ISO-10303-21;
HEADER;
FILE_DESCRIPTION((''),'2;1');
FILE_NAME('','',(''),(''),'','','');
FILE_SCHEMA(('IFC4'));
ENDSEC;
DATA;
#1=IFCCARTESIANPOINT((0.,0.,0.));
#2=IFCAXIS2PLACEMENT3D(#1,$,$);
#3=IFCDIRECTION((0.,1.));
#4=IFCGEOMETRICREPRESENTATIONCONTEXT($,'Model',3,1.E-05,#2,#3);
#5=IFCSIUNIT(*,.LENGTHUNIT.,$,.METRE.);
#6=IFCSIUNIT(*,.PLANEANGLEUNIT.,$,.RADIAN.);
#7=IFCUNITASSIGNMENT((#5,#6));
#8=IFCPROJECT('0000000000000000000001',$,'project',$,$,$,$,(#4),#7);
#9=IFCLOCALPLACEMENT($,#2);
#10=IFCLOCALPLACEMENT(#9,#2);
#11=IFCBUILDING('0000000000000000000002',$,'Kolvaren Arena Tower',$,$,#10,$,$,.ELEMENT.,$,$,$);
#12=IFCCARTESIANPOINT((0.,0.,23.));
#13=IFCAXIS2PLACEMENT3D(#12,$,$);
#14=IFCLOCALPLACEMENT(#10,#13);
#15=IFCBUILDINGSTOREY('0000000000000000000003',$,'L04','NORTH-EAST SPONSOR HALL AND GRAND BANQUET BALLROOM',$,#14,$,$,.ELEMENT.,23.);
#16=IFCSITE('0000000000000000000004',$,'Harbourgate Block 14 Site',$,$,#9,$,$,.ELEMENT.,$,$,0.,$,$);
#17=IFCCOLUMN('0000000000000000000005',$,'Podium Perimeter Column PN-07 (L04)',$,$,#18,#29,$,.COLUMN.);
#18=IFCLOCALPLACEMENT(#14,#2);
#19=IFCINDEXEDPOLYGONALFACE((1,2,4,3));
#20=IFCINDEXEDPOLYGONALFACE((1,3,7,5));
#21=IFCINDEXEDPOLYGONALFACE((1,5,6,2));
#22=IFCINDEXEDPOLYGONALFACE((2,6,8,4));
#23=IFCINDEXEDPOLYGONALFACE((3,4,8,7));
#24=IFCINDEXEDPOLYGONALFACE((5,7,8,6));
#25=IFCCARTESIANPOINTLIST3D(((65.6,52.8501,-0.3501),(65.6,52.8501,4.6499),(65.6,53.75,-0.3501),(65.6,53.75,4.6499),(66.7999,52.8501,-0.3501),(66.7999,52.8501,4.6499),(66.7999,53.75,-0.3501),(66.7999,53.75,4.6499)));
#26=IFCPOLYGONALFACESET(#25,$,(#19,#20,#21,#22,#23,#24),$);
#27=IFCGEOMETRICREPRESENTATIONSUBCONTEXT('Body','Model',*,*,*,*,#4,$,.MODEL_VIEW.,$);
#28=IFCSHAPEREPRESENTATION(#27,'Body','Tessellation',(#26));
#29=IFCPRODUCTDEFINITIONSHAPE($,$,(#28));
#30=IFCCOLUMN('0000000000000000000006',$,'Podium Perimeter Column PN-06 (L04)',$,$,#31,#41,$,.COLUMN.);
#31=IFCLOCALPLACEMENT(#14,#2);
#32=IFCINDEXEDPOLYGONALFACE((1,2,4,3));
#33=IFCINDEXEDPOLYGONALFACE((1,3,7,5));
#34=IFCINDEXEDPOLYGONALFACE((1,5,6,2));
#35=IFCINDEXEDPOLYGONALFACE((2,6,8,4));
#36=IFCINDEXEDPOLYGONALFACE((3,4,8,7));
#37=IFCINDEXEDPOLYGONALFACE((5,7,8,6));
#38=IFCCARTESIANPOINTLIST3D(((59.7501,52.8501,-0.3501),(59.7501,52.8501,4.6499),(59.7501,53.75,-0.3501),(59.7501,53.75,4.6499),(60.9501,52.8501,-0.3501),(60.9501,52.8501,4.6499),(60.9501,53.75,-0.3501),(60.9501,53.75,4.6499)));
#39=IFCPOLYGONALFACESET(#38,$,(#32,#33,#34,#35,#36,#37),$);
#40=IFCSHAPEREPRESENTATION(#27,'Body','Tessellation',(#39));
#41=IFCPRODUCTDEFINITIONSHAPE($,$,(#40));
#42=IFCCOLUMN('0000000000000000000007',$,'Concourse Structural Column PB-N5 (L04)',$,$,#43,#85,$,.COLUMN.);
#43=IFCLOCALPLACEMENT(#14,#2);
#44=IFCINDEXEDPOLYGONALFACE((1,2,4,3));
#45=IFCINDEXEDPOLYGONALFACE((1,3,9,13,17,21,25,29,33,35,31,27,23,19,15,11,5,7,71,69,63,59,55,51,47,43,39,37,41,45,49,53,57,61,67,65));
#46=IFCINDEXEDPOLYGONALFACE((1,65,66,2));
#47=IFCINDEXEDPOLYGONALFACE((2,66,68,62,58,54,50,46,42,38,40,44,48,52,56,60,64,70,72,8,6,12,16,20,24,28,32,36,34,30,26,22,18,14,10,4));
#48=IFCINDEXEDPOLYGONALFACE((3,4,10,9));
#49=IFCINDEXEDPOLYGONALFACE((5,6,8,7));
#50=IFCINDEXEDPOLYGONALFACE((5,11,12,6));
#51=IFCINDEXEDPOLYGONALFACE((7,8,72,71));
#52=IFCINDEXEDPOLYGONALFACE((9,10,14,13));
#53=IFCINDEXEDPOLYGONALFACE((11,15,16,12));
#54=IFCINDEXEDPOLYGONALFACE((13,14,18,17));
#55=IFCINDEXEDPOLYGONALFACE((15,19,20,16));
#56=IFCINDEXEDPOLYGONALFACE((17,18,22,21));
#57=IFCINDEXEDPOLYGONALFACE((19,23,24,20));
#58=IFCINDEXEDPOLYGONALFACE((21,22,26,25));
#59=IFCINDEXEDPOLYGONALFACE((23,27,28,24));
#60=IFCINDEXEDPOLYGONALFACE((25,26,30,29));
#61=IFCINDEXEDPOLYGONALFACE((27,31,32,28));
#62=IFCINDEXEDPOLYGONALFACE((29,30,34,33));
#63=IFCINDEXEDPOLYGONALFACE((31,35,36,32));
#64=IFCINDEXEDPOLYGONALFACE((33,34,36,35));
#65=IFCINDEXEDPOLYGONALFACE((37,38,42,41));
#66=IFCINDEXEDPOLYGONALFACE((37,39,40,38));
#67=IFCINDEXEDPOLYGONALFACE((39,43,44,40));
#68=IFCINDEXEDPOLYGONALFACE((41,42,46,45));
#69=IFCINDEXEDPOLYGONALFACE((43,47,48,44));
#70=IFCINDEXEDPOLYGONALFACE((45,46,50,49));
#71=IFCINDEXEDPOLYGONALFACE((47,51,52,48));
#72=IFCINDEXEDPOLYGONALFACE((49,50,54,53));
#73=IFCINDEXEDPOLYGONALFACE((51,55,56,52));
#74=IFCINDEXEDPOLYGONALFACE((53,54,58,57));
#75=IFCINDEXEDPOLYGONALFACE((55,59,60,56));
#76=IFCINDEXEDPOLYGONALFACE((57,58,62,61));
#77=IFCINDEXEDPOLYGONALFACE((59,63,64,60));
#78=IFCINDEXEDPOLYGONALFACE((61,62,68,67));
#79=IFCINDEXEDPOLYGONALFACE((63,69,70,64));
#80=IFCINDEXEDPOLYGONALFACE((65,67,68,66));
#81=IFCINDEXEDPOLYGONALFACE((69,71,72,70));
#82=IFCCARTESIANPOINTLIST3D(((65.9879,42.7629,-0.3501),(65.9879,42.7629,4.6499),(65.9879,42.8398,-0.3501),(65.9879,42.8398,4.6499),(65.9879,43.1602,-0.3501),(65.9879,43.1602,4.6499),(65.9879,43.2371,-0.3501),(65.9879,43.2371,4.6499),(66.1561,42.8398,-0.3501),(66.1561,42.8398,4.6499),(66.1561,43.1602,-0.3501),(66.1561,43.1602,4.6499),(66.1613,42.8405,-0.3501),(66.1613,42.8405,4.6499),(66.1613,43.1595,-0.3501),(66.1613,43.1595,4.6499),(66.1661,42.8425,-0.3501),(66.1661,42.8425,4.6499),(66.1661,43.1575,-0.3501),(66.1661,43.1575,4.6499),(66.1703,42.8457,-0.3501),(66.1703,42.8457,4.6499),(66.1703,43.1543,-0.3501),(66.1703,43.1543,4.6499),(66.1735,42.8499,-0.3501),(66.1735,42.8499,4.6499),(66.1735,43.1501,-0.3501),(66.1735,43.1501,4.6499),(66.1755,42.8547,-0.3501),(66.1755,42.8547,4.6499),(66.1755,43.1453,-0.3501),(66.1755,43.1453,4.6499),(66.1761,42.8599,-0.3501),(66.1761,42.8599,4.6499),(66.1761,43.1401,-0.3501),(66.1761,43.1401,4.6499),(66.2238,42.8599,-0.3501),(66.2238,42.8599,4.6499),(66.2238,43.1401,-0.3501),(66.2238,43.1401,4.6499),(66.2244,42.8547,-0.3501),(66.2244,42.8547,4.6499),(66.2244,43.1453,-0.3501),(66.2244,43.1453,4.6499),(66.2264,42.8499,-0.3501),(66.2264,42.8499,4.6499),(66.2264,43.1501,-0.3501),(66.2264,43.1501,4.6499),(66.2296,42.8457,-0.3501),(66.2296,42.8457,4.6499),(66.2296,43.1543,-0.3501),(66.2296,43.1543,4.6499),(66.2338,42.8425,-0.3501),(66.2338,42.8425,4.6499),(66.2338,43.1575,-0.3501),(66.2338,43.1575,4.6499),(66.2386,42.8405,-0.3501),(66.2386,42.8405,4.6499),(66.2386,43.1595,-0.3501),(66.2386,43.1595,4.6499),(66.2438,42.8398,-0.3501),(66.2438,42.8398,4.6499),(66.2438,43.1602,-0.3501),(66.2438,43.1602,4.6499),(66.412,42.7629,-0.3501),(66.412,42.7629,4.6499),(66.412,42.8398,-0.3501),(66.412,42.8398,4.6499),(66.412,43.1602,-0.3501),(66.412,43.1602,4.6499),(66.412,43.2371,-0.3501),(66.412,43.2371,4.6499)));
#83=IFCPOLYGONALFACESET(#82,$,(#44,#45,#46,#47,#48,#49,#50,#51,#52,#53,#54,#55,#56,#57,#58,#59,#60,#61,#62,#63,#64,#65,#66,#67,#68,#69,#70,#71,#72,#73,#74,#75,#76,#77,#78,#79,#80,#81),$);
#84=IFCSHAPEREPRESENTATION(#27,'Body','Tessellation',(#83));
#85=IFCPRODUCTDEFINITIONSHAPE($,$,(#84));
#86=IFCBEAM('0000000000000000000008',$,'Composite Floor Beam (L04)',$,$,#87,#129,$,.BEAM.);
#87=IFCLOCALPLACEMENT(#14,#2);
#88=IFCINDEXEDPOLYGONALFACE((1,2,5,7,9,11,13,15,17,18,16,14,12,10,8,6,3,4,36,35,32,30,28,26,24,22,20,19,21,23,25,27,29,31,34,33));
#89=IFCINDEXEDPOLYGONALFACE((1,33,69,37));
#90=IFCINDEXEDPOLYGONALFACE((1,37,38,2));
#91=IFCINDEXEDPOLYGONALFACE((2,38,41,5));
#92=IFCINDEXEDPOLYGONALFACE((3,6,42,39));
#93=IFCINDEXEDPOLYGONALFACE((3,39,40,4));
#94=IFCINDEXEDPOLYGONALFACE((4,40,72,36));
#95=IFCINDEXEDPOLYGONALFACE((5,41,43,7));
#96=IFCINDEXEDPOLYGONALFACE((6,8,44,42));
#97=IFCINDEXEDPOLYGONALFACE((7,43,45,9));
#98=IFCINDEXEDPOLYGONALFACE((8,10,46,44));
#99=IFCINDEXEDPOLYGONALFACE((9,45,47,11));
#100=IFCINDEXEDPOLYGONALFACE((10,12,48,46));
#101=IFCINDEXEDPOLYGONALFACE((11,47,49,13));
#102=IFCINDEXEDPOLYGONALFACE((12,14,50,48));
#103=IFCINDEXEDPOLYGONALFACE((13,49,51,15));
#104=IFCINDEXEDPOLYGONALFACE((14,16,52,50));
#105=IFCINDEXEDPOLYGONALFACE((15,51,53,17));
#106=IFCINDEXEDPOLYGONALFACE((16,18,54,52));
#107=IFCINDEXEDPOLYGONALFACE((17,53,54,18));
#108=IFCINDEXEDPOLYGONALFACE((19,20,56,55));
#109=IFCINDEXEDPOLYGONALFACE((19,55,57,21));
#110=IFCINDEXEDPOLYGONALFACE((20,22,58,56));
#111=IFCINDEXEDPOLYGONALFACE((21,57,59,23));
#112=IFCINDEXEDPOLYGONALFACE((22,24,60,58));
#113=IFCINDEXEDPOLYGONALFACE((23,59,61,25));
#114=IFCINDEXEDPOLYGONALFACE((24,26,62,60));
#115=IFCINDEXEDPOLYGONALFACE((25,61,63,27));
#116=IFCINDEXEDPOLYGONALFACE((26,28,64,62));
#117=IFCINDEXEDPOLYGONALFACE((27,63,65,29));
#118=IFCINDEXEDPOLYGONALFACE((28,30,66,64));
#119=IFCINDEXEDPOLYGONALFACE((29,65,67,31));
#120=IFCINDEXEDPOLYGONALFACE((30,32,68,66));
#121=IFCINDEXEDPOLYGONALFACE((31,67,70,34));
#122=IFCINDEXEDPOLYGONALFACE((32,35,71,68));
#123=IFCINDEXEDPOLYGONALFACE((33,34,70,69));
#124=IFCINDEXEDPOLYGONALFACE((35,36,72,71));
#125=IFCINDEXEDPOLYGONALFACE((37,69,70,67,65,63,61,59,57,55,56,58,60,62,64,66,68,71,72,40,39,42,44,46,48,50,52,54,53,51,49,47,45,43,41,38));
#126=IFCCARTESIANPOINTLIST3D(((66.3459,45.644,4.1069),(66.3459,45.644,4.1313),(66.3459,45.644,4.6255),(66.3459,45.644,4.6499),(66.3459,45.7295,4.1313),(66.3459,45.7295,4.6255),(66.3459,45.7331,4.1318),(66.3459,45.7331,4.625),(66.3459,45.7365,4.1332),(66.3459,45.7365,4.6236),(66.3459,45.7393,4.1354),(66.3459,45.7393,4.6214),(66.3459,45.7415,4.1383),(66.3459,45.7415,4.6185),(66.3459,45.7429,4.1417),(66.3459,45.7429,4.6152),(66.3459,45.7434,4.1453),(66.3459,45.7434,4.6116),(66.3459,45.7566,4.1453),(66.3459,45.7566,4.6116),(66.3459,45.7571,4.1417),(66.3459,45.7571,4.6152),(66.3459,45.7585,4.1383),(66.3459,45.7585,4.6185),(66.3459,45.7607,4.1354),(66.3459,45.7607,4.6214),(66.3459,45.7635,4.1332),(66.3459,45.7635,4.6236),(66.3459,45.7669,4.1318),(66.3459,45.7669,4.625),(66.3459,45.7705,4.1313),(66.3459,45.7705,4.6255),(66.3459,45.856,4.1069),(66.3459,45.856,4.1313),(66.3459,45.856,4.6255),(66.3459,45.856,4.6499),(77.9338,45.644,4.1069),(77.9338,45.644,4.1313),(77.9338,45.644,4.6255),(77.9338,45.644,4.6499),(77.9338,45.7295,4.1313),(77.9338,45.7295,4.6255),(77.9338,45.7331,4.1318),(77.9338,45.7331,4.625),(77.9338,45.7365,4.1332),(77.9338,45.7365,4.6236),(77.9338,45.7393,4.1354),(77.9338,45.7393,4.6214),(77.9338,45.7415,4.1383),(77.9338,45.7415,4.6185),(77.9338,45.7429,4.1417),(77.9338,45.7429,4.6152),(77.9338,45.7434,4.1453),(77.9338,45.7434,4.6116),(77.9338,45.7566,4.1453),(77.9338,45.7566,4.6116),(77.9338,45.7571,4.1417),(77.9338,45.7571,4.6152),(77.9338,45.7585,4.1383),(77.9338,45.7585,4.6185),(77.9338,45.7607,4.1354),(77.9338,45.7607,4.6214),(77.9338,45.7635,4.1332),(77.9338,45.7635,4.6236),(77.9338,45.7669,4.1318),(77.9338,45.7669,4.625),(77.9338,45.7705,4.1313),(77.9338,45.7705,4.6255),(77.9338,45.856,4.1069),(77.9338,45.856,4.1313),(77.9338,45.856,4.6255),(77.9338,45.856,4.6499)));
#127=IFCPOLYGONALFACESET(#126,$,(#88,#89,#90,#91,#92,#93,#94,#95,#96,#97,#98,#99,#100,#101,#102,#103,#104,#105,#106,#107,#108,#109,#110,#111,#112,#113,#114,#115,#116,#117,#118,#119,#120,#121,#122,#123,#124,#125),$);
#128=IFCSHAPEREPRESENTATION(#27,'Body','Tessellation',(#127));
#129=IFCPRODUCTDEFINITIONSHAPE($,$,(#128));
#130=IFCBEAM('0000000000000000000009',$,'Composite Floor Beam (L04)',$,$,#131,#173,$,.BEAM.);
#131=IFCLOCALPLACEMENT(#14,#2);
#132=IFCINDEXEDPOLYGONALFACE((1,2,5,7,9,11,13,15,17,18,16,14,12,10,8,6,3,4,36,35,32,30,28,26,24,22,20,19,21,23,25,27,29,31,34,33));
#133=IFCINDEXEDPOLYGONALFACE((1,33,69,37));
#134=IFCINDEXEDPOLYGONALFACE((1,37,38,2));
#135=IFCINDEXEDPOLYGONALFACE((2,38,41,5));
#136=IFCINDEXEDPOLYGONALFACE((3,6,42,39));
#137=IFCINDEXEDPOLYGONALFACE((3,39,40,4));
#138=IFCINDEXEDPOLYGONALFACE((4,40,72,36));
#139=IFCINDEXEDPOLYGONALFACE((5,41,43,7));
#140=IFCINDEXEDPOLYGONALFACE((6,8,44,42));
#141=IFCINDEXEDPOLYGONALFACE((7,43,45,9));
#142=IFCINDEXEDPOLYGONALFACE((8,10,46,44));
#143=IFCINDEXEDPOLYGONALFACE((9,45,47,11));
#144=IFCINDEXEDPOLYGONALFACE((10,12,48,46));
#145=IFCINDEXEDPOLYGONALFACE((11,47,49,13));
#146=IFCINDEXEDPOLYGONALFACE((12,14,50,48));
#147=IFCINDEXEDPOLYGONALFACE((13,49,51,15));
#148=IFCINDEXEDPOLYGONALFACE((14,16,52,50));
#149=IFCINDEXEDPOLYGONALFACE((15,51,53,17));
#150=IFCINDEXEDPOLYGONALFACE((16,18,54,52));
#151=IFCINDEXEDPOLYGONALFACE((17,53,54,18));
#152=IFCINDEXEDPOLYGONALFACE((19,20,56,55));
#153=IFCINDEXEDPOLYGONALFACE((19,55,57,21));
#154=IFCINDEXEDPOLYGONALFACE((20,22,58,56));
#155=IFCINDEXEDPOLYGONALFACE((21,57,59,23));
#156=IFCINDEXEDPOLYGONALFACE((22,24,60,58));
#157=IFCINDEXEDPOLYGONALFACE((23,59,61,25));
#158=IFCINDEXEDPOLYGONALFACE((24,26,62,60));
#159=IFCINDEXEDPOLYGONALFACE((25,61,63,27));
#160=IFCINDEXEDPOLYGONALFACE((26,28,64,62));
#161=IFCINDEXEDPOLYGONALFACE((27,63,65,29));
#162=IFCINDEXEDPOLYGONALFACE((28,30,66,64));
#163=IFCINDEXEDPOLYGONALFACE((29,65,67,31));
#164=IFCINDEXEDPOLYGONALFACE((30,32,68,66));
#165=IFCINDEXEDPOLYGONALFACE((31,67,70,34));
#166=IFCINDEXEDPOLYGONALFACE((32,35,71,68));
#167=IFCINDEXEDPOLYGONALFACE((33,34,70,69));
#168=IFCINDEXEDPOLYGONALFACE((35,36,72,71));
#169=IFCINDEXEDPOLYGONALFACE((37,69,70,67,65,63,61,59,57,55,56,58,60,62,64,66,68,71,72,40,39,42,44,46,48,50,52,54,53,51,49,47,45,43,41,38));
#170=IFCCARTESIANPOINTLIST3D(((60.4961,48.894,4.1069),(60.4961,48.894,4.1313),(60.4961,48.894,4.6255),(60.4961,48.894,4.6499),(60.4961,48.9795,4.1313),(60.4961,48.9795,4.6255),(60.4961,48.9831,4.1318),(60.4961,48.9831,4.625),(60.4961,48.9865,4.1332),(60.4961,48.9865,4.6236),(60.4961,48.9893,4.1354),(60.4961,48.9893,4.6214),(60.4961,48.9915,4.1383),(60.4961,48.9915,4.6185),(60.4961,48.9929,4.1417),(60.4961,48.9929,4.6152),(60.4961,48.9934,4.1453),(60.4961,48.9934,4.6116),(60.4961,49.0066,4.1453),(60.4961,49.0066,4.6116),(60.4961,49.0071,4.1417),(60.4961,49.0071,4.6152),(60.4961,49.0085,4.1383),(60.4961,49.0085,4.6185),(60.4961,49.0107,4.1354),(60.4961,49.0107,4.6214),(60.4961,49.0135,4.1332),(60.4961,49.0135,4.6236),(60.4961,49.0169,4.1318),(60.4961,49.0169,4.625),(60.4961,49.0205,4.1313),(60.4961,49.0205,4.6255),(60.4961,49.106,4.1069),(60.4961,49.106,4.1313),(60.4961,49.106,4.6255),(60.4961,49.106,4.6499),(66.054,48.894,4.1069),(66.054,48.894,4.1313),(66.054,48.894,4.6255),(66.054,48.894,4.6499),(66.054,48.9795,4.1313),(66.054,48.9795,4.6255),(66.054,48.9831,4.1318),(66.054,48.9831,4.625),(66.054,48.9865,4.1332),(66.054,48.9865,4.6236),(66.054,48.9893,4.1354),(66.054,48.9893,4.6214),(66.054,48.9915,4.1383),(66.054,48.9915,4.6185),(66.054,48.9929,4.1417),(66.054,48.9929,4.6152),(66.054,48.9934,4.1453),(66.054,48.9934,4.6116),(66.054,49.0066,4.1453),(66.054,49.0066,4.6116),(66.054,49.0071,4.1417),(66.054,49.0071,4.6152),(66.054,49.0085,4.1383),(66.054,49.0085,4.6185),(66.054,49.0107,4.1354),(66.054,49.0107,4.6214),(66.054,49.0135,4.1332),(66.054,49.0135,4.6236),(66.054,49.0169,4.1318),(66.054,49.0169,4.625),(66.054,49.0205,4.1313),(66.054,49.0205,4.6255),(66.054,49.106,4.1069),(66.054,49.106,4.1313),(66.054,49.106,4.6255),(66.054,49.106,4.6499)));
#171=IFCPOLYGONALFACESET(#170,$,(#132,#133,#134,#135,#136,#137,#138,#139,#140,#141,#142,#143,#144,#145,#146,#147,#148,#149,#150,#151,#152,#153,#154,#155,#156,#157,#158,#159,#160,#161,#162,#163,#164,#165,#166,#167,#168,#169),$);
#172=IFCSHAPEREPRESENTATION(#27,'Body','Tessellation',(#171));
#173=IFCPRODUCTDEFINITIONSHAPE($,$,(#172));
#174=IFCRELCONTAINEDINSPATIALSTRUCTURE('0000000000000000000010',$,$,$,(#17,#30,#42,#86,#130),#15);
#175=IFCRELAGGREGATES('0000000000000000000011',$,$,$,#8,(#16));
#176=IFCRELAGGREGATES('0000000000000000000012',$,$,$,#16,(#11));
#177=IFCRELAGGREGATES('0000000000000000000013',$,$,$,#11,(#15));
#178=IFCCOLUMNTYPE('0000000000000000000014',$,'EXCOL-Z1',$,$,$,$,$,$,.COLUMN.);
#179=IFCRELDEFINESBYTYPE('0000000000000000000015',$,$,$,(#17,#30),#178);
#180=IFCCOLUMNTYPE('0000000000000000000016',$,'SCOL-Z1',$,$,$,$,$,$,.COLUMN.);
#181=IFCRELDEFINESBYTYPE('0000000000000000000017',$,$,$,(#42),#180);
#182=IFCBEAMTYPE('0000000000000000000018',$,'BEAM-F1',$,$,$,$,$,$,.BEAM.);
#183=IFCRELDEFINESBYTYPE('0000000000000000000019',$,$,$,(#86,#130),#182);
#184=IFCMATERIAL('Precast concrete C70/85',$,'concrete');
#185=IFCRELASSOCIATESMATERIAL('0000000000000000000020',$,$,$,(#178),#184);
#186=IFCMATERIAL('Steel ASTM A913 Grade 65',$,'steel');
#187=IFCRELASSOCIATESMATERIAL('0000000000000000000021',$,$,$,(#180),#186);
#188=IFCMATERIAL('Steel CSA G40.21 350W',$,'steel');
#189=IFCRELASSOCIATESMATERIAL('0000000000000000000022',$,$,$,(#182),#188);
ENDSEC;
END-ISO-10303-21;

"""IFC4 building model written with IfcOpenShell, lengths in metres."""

from ifc_helpers import new_model, si_unit, direction, frame, origin, origin_2d, place, context, subcontext, project, spatial, rectangle, i_section, extrude, material, material_profile, profile_set, type_object, element, save


model = new_model("IFC4")

# Units and contexts
model_context = context("Model", 3, precision=1e-05, world=origin(), true_north=direction((0.0, 1.0)))
body_context = subcontext(model_context, "Body", "Model", "MODEL_VIEW")
ifc_project = project(units=[si_unit("LENGTHUNIT", "METRE"), si_unit("PLANEANGLEUNIT", "RADIAN")], contexts=[model_context])

# Site, building, storey
site_placement = place(None, origin())
site = spatial("IfcSite", under=ifc_project, at=site_placement, Name="Harbourgate Block 14 Site", CompositionType="ELEMENT", RefElevation=0.0)
building_placement = place(site_placement, origin())
building = spatial("IfcBuilding", under=site, at=building_placement, Name="Kolvaren Arena Tower", CompositionType="ELEMENT")
storey_placement = place(building_placement, frame((0.0, 0.0, 23.0)))
storey = spatial("IfcBuildingStorey", under=building, at=storey_placement, Name="L04", Description="NORTH-EAST SPONSOR HALL AND GRAND BANQUET BALLROOM", CompositionType="ELEMENT", Elevation=23.0)

# Columns
ifc_material_1 = material(Name="Precast concrete C70/85", Category="concrete")
ifc_material_profile_1 = material_profile(ifc_material_1, rectangle(XDim=1.2, YDim=0.8999, at=origin_2d()), Name="RC-1200x900")
ifc_profile_set_1 = profile_set([ifc_material_profile_1], Name="Precast concrete C70/85")
column_type_1 = type_object("IfcColumnType", Name="EXCOL-Z1", PredefinedType="COLUMN", material=ifc_profile_set_1)
for number, where, z_axis, x_axis, name in (
    (1, (66.2, 53.3, -0.3501), (0.0, 0.0, 1.0), (1.0, 0.0, 0.0), "Podium Perimeter Column PN-07 (L04)"),
    (2, (60.3501, 53.3, -0.3501), (0.0, 0.0, 1.0), (1.0, 0.0, 0.0), "Podium Perimeter Column PN-06 (L04)"),
):
    element("IfcColumn", number, at=place(storey_placement, frame(where, z_axis=z_axis, x_axis=x_axis)), inside=storey, type_object=column_type_1, Name=name, PredefinedType="COLUMN", context=body_context, shape_type="SweptSolid", body=[
        extrude(rectangle(XDim=1.2, YDim=0.8999, at=origin_2d()), origin(), (0.0, 0.0, 1.0), 5.0),
    ])
ifc_material_2 = material(Name="Steel ASTM A913 Grade 65", Category="steel")
ifc_material_profile_2 = material_profile(ifc_material_2, i_section(OverallWidth=0.4241, OverallDepth=0.4741, WebThickness=0.0476, FlangeThickness=0.0769, FilletRadius=0.02, at=origin_2d()), Name="W360x634")
ifc_profile_set_2 = profile_set([ifc_material_profile_2], Name="Steel ASTM A913 Grade 65")
column_type_2 = type_object("IfcColumnType", Name="SCOL-Z1", PredefinedType="COLUMN", material=ifc_profile_set_2)
column_placement = place(storey_placement, frame((66.2, 43.0, -0.3501), z_axis=(0.0, 0.0, 1.0), x_axis=(1.0, 0.0, 0.0)))
element("IfcColumn", 3, at=column_placement, inside=storey, type_object=column_type_2, Name="Concourse Structural Column PB-N5 (L04)", PredefinedType="COLUMN", context=body_context, shape_type="SweptSolid", body=[
    extrude(i_section(OverallWidth=0.4241, OverallDepth=0.4741, WebThickness=0.0476, FlangeThickness=0.0769, FilletRadius=0.02, at=origin_2d()), origin(), (0.0, 0.0, 1.0), 5.0),
])

# Beams
ifc_material_3 = material(Name="Steel CSA G40.21 350W", Category="steel")
ifc_material_profile_3 = material_profile(ifc_material_3, i_section(OverallWidth=0.2119, OverallDepth=0.543, WebThickness=0.0132, FlangeThickness=0.0244, FilletRadius=0.0139, at=origin_2d()), Name="W530x150")
ifc_profile_set_3 = profile_set([ifc_material_profile_3], Name="Steel CSA G40.21 350W")
beam_type_1 = type_object("IfcBeamType", Name="BEAM-F1", PredefinedType="BEAM", material=ifc_profile_set_3)
beam_1_placement = place(storey_placement, frame((66.3459, 45.75, 4.3784), z_axis=(1.0, 0.0, 0.0), x_axis=(0.0, 1.0, 0.0)))
element("IfcBeam", 4, at=beam_1_placement, inside=storey, type_object=beam_type_1, Name="Composite Floor Beam (L04)", PredefinedType="BEAM", context=body_context, shape_type="SweptSolid", body=[
    extrude(i_section(OverallWidth=0.2119, OverallDepth=0.543, WebThickness=0.0132, FlangeThickness=0.0244, FilletRadius=0.0139, at=origin_2d()), origin(), (0.0, 0.0, 1.0), 11.5879),
])
beam_2_placement = place(storey_placement, frame((60.4961, 49.0, 4.3784), z_axis=(1.0, 0.0, 0.0), x_axis=(0.0, 1.0, 0.0)))
element("IfcBeam", 5, at=beam_2_placement, inside=storey, type_object=beam_type_1, Name="Composite Floor Beam (L04)", PredefinedType="BEAM", context=body_context, shape_type="SweptSolid", body=[
    extrude(i_section(OverallWidth=0.2119, OverallDepth=0.543, WebThickness=0.0132, FlangeThickness=0.0244, FilletRadius=0.0139, at=origin_2d()), origin(), (0.0, 0.0, 1.0), 5.5579),
])

save(model, "model.ifc")
